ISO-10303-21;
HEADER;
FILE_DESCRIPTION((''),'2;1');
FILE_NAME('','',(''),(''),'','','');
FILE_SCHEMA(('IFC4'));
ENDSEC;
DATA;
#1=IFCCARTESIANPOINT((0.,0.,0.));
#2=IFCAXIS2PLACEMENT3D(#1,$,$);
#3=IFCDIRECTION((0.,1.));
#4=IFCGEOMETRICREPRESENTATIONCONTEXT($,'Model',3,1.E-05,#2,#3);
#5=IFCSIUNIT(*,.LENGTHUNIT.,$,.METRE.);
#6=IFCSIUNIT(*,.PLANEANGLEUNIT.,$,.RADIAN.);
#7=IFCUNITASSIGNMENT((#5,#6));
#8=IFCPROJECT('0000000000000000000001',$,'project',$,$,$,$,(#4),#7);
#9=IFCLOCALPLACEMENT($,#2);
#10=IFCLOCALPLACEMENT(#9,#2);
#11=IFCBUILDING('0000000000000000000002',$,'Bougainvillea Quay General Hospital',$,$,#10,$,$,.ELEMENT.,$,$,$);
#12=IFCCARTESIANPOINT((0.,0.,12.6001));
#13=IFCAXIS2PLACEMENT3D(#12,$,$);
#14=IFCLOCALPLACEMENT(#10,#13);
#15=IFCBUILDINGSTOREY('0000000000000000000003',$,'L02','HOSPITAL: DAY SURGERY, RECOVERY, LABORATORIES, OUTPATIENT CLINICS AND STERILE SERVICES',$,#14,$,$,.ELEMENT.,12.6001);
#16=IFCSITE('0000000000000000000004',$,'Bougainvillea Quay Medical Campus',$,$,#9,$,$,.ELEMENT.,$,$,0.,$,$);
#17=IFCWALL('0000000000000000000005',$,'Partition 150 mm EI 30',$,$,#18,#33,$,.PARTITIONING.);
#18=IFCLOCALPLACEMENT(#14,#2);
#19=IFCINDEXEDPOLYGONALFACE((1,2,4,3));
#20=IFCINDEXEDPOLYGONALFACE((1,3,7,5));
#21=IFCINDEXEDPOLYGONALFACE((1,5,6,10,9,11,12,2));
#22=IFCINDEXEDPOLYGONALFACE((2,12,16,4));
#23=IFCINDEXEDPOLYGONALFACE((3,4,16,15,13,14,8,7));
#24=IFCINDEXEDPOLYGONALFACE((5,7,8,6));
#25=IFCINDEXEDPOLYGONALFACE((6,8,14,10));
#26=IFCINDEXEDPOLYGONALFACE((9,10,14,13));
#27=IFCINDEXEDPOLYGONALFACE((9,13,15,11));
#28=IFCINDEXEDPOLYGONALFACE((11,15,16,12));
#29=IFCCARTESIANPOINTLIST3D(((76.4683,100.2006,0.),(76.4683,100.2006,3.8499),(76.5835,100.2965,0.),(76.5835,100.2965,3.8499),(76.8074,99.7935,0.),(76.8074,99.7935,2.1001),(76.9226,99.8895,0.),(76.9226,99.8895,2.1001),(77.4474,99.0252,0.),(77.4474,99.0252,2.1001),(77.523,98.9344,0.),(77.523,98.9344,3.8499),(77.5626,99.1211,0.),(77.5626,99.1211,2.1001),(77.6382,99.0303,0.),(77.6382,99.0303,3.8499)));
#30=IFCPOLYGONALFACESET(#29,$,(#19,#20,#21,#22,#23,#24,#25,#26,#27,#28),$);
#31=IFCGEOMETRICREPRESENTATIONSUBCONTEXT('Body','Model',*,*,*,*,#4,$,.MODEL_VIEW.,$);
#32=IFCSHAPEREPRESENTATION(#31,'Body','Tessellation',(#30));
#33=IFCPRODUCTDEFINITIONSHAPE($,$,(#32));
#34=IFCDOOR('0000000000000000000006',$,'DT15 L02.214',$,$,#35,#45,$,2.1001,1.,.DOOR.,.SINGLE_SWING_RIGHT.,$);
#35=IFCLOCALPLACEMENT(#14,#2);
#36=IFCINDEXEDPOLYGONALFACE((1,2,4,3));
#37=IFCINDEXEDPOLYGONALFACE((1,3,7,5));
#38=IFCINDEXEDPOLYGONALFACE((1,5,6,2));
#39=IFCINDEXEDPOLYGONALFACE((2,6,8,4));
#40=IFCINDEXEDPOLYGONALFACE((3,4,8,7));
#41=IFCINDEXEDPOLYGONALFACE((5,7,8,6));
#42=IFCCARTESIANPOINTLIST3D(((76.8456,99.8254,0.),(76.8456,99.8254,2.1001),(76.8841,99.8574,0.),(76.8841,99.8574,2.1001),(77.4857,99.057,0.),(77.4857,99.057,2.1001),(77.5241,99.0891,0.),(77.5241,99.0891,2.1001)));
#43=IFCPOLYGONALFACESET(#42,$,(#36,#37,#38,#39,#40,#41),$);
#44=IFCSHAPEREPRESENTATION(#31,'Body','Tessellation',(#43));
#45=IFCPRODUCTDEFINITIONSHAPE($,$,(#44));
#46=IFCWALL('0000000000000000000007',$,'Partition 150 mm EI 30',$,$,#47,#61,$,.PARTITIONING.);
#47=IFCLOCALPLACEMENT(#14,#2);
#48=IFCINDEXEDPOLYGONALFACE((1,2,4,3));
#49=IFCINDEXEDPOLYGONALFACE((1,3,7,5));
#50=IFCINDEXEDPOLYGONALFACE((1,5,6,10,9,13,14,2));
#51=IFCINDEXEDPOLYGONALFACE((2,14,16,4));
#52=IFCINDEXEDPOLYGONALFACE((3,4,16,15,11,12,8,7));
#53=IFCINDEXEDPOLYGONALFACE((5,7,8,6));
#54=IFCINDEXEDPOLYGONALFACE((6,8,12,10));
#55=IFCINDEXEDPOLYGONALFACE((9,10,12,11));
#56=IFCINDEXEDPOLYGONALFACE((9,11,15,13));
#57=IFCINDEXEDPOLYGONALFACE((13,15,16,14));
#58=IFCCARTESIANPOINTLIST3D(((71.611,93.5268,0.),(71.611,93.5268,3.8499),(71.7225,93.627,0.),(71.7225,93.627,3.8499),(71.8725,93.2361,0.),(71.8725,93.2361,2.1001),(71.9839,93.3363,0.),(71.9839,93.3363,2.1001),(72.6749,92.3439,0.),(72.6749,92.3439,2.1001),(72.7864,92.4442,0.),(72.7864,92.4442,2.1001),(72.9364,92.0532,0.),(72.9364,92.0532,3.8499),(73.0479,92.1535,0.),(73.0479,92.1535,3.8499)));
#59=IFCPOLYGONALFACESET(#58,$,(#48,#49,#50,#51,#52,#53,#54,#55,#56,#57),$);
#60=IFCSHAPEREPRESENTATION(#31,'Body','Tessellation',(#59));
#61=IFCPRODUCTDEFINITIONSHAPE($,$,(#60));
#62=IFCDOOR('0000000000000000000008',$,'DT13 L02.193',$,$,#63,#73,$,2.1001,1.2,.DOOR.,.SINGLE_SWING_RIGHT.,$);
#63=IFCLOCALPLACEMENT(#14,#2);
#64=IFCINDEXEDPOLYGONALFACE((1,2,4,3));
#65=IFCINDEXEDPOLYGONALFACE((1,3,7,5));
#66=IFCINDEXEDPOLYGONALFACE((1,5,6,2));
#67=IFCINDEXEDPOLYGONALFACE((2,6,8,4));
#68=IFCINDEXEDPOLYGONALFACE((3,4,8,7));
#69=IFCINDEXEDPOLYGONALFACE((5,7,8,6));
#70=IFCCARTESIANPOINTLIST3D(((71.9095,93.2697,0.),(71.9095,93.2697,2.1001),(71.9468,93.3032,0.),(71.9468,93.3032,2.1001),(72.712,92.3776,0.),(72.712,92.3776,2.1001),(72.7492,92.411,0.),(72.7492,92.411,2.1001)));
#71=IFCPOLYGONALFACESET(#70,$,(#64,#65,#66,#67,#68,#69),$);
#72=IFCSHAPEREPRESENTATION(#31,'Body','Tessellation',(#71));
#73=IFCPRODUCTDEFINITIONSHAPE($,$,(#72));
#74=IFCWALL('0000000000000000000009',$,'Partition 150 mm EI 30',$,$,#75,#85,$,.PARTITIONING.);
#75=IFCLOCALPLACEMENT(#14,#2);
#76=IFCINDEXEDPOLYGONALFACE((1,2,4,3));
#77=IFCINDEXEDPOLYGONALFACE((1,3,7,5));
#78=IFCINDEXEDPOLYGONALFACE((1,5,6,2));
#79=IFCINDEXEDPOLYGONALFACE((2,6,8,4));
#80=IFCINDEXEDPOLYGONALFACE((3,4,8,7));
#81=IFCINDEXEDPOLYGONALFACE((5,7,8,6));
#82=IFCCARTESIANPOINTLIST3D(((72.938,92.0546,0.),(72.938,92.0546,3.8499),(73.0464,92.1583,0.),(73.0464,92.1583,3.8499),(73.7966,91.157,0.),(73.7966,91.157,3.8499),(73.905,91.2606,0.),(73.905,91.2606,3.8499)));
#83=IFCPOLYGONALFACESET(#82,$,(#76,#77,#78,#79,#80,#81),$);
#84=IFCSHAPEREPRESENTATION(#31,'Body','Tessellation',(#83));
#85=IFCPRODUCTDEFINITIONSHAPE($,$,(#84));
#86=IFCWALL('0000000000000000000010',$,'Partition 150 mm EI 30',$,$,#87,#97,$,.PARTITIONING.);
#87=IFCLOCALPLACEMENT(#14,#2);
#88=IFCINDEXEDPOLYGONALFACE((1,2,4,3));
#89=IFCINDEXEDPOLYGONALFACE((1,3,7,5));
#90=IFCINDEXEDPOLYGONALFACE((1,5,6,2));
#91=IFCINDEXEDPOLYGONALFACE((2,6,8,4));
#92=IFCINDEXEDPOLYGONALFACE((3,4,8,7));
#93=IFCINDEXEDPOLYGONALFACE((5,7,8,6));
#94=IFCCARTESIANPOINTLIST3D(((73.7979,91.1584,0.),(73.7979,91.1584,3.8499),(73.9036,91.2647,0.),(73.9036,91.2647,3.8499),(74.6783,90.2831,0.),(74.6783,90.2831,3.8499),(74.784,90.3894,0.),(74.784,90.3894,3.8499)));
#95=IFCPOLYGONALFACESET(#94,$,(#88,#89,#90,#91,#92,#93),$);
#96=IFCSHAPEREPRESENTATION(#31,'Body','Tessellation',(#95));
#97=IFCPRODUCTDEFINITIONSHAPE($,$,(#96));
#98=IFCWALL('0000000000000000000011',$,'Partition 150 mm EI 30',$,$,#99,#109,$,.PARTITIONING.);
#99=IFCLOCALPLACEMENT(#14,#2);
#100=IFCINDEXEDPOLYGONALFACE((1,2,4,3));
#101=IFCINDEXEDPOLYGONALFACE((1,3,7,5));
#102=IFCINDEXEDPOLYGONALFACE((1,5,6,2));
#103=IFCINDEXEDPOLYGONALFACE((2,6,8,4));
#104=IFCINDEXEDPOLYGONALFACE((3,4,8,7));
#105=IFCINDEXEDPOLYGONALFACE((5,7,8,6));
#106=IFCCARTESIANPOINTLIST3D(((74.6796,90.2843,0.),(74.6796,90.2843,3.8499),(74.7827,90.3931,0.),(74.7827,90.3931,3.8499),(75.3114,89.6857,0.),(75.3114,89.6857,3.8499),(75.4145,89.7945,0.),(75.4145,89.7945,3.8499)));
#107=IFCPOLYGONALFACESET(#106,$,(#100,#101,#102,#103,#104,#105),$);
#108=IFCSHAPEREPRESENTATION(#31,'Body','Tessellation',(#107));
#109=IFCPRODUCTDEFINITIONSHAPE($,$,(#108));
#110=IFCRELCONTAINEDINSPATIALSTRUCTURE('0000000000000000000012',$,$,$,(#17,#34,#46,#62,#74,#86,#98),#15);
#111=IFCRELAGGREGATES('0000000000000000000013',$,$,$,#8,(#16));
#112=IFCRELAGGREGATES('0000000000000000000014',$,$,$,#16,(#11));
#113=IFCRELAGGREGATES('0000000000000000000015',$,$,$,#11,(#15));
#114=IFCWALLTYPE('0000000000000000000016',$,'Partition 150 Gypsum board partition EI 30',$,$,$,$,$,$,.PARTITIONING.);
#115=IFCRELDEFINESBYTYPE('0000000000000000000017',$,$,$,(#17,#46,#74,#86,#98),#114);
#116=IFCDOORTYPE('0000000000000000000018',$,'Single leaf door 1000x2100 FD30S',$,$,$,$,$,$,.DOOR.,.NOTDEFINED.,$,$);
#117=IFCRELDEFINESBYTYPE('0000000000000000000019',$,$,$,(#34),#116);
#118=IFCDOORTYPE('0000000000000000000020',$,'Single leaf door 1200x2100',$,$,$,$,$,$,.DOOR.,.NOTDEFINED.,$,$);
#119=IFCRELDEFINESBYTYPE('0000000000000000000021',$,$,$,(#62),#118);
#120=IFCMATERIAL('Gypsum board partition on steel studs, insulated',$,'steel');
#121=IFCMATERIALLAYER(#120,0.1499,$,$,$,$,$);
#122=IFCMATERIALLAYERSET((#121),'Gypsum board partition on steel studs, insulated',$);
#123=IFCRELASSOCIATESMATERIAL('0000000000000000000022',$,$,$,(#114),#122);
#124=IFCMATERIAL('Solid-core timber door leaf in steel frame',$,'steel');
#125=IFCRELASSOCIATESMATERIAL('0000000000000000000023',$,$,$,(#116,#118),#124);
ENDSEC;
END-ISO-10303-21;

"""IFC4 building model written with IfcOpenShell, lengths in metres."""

from ifc_helpers import new_model, si_unit, direction, frame, frame_2d, origin, place, context, subcontext, project, spatial, rectangle, extrude, material, layer, layer_set, type_object, element, fill, save


model = new_model("IFC4")

# Units and contexts
model_context = context("Model", 3, precision=1e-05, world=origin(), true_north=direction((0.0, 1.0)))
body_context = subcontext(model_context, "Body", "Model", "MODEL_VIEW")
ifc_project = project(units=[si_unit("LENGTHUNIT", "METRE"), si_unit("PLANEANGLEUNIT", "RADIAN")], contexts=[model_context])

# Site, building, storey
site_placement = place(None, origin())
site = spatial("IfcSite", under=ifc_project, at=site_placement, Name="Bougainvillea Quay Medical Campus", CompositionType="ELEMENT", RefElevation=0.0)
building_placement = place(site_placement, origin())
building = spatial("IfcBuilding", under=site, at=building_placement, Name="Bougainvillea Quay General Hospital", CompositionType="ELEMENT")
storey_placement = place(building_placement, frame((0.0, 0.0, 12.6001)))
storey = spatial("IfcBuildingStorey", under=building, at=storey_placement, Name="L02", Description="HOSPITAL: DAY SURGERY, RECOVERY, LABORATORIES, OUTPATIENT CLINICS AND STERILE SERVICES", CompositionType="ELEMENT", Elevation=12.6001)

# Shared definitions
ifc_material_1 = material(Name="Gypsum board partition on steel studs, insulated", Category="steel")
ifc_layer_1 = layer(ifc_material_1, 0.1499)
ifc_layer_set_1 = layer_set([ifc_layer_1], Name="Gypsum board partition on steel studs, insulated")
wall_type_1 = type_object("IfcWallType", Name="Partition 150 Gypsum board partition EI 30", PredefinedType="PARTITIONING", material=ifc_layer_set_1)

# Walls, openings, doors
ifc_material_2 = material(Name="Solid-core timber door leaf in steel frame", Category="steel")
door_type_1 = type_object("IfcDoorType", Name="Single leaf door 1000x2100 FD30S", OperationType="NOTDEFINED", PredefinedType="DOOR", material=ifc_material_2)
wall_1_placement = place(storey_placement, frame((76.5259, 100.2485, 0.0), z_axis=(0.0, 0.0, 1.0), x_axis=(0.640039, -0.768343, 0.0)))
wall_1 = element("IfcWall", 1, at=wall_1_placement, inside=storey, type_object=wall_type_1, Name="Partition 150 mm EI 30", PredefinedType="PARTITIONING", context=body_context, shape_type="SweptSolid", body=[
    extrude(rectangle(XDim=1.6479, YDim=0.1499, at=frame_2d((0.824, 0.0))), origin(), (0.0, 0.0, 1.0), 3.8499),
])
opening_1_placement = place(wall_1_placement, frame((0.5298, 0.0, 0.0)))
opening_1 = element("IfcOpeningElement", 2, at=opening_1_placement, cuts=wall_1, PredefinedType="OPENING", context=body_context, shape_type="SweptSolid", body=[
    extrude(rectangle(XDim=1.0, YDim=2.1001, at=frame_2d((0.5, 1.05))), frame((0.0, 0.085, 0.0), z_axis=(0.0, -1.0, 0.0), x_axis=(1.0, 0.0, 0.0)), (0.0, 0.0, 1.0), 0.1699),
])
door_1_placement = place(opening_1_placement, origin())
door_1 = element("IfcDoor", 3, at=door_1_placement, inside=storey, type_object=door_type_1, Name="DT15 L02.214", OperationType="SINGLE_SWING_RIGHT", OverallHeight=2.1001, OverallWidth=1.0, PredefinedType="DOOR", context=body_context, shape_type="SweptSolid", body=[
    extrude(rectangle(XDim=1.0, YDim=2.1001, at=frame_2d((0.5, 1.05))), frame((0.0, 0.0249, 0.0), z_axis=(0.0, -1.0, 0.0), x_axis=(1.0, 0.0, 0.0)), (0.0, 0.0, 1.0), 0.05),
])
fill(opening_1, door_1)
wall_2_placement = place(storey_placement, frame((71.6667, 93.5769, 0.0), z_axis=(0.0, 0.0, 1.0), x_axis=(0.668733, -0.743502, 0.0)))
wall_2 = element("IfcWall", 4, at=wall_2_placement, inside=storey, type_object=wall_type_1, Name="Partition 150 mm EI 30", PredefinedType="PARTITIONING", context=body_context, shape_type="SweptSolid", body=[
    extrude(rectangle(XDim=1.9819, YDim=0.1499, at=frame_2d((0.991, 0.0))), origin(), (0.0, 0.0, 1.0), 3.8499),
])
opening_2_placement = place(wall_2_placement, frame((0.3909, 0.0, 0.0)))
opening_2 = element("IfcOpeningElement", 5, at=opening_2_placement, cuts=wall_2, PredefinedType="OPENING", context=body_context, shape_type="SweptSolid", body=[
    extrude(rectangle(XDim=1.2, YDim=2.1001, at=frame_2d((0.6001, 1.05))), frame((0.0, 0.085, 0.0), z_axis=(0.0, -1.0, 0.0), x_axis=(1.0, 0.0, 0.0)), (0.0, 0.0, 1.0), 0.1699),
])
door_type_2 = type_object("IfcDoorType", Name="Single leaf door 1200x2100", OperationType="NOTDEFINED", PredefinedType="DOOR", material=ifc_material_2)
door_2_placement = place(opening_2_placement, frame((1.2, 0.0, 0.0), z_axis=(0.0, 0.0, 1.0), x_axis=(-1.0, 0.0, 0.0)))
door_2 = element("IfcDoor", 6, at=door_2_placement, inside=storey, type_object=door_type_2, Name="DT13 L02.193", OperationType="SINGLE_SWING_RIGHT", OverallHeight=2.1001, OverallWidth=1.2, PredefinedType="DOOR", context=body_context, shape_type="SweptSolid", body=[
    extrude(rectangle(XDim=1.2, YDim=2.1001, at=frame_2d((0.6001, 1.05))), frame((0.0, 0.0249, 0.0), z_axis=(0.0, -1.0, 0.0), x_axis=(1.0, 0.0, 0.0)), (0.0, 0.0, 1.0), 0.05),
])
fill(opening_2, door_2)

# Walls
wall_3_placement = place(storey_placement, frame((72.9922, 92.1064, 0.0), z_axis=(0.0, 0.0, 1.0), x_axis=(0.691209, -0.722655, 0.0)))
element("IfcWall", 7, at=wall_3_placement, inside=storey, type_object=wall_type_1, Name="Partition 150 mm EI 30", PredefinedType="PARTITIONING", context=body_context, shape_type="SweptSolid", body=[
    extrude(rectangle(XDim=1.2422, YDim=0.1499, at=frame_2d((0.6211, 0.0))), origin(), (0.0, 0.0, 1.0), 3.8499),
])
wall_4_placement = place(storey_placement, frame((73.8508, 91.2114, 0.0), z_axis=(0.0, 0.0, 1.0), x_axis=(0.709169, -0.705039, 0.0)))
element("IfcWall", 8, at=wall_4_placement, inside=storey, type_object=wall_type_1, Name="Partition 150 mm EI 30", PredefinedType="PARTITIONING", context=body_context, shape_type="SweptSolid", body=[
    extrude(rectangle(XDim=1.2415, YDim=0.1499, at=frame_2d((0.6206, 0.0))), origin(), (0.0, 0.0, 1.0), 3.8499),
])
wall_5_placement = place(storey_placement, frame((74.7312, 90.3386, 0.0), z_axis=(0.0, 0.0, 1.0), x_axis=(0.725923, -0.687776, 0.0)))
element("IfcWall", 9, at=wall_5_placement, inside=storey, type_object=wall_type_1, Name="Partition 150 mm EI 30", PredefinedType="PARTITIONING", context=body_context, shape_type="SweptSolid", body=[
    extrude(rectangle(XDim=0.8704, YDim=0.1499, at=frame_2d((0.4351, 0.0))), origin(), (0.0, 0.0, 1.0), 3.8499),
])

save(model, "model.ifc")
